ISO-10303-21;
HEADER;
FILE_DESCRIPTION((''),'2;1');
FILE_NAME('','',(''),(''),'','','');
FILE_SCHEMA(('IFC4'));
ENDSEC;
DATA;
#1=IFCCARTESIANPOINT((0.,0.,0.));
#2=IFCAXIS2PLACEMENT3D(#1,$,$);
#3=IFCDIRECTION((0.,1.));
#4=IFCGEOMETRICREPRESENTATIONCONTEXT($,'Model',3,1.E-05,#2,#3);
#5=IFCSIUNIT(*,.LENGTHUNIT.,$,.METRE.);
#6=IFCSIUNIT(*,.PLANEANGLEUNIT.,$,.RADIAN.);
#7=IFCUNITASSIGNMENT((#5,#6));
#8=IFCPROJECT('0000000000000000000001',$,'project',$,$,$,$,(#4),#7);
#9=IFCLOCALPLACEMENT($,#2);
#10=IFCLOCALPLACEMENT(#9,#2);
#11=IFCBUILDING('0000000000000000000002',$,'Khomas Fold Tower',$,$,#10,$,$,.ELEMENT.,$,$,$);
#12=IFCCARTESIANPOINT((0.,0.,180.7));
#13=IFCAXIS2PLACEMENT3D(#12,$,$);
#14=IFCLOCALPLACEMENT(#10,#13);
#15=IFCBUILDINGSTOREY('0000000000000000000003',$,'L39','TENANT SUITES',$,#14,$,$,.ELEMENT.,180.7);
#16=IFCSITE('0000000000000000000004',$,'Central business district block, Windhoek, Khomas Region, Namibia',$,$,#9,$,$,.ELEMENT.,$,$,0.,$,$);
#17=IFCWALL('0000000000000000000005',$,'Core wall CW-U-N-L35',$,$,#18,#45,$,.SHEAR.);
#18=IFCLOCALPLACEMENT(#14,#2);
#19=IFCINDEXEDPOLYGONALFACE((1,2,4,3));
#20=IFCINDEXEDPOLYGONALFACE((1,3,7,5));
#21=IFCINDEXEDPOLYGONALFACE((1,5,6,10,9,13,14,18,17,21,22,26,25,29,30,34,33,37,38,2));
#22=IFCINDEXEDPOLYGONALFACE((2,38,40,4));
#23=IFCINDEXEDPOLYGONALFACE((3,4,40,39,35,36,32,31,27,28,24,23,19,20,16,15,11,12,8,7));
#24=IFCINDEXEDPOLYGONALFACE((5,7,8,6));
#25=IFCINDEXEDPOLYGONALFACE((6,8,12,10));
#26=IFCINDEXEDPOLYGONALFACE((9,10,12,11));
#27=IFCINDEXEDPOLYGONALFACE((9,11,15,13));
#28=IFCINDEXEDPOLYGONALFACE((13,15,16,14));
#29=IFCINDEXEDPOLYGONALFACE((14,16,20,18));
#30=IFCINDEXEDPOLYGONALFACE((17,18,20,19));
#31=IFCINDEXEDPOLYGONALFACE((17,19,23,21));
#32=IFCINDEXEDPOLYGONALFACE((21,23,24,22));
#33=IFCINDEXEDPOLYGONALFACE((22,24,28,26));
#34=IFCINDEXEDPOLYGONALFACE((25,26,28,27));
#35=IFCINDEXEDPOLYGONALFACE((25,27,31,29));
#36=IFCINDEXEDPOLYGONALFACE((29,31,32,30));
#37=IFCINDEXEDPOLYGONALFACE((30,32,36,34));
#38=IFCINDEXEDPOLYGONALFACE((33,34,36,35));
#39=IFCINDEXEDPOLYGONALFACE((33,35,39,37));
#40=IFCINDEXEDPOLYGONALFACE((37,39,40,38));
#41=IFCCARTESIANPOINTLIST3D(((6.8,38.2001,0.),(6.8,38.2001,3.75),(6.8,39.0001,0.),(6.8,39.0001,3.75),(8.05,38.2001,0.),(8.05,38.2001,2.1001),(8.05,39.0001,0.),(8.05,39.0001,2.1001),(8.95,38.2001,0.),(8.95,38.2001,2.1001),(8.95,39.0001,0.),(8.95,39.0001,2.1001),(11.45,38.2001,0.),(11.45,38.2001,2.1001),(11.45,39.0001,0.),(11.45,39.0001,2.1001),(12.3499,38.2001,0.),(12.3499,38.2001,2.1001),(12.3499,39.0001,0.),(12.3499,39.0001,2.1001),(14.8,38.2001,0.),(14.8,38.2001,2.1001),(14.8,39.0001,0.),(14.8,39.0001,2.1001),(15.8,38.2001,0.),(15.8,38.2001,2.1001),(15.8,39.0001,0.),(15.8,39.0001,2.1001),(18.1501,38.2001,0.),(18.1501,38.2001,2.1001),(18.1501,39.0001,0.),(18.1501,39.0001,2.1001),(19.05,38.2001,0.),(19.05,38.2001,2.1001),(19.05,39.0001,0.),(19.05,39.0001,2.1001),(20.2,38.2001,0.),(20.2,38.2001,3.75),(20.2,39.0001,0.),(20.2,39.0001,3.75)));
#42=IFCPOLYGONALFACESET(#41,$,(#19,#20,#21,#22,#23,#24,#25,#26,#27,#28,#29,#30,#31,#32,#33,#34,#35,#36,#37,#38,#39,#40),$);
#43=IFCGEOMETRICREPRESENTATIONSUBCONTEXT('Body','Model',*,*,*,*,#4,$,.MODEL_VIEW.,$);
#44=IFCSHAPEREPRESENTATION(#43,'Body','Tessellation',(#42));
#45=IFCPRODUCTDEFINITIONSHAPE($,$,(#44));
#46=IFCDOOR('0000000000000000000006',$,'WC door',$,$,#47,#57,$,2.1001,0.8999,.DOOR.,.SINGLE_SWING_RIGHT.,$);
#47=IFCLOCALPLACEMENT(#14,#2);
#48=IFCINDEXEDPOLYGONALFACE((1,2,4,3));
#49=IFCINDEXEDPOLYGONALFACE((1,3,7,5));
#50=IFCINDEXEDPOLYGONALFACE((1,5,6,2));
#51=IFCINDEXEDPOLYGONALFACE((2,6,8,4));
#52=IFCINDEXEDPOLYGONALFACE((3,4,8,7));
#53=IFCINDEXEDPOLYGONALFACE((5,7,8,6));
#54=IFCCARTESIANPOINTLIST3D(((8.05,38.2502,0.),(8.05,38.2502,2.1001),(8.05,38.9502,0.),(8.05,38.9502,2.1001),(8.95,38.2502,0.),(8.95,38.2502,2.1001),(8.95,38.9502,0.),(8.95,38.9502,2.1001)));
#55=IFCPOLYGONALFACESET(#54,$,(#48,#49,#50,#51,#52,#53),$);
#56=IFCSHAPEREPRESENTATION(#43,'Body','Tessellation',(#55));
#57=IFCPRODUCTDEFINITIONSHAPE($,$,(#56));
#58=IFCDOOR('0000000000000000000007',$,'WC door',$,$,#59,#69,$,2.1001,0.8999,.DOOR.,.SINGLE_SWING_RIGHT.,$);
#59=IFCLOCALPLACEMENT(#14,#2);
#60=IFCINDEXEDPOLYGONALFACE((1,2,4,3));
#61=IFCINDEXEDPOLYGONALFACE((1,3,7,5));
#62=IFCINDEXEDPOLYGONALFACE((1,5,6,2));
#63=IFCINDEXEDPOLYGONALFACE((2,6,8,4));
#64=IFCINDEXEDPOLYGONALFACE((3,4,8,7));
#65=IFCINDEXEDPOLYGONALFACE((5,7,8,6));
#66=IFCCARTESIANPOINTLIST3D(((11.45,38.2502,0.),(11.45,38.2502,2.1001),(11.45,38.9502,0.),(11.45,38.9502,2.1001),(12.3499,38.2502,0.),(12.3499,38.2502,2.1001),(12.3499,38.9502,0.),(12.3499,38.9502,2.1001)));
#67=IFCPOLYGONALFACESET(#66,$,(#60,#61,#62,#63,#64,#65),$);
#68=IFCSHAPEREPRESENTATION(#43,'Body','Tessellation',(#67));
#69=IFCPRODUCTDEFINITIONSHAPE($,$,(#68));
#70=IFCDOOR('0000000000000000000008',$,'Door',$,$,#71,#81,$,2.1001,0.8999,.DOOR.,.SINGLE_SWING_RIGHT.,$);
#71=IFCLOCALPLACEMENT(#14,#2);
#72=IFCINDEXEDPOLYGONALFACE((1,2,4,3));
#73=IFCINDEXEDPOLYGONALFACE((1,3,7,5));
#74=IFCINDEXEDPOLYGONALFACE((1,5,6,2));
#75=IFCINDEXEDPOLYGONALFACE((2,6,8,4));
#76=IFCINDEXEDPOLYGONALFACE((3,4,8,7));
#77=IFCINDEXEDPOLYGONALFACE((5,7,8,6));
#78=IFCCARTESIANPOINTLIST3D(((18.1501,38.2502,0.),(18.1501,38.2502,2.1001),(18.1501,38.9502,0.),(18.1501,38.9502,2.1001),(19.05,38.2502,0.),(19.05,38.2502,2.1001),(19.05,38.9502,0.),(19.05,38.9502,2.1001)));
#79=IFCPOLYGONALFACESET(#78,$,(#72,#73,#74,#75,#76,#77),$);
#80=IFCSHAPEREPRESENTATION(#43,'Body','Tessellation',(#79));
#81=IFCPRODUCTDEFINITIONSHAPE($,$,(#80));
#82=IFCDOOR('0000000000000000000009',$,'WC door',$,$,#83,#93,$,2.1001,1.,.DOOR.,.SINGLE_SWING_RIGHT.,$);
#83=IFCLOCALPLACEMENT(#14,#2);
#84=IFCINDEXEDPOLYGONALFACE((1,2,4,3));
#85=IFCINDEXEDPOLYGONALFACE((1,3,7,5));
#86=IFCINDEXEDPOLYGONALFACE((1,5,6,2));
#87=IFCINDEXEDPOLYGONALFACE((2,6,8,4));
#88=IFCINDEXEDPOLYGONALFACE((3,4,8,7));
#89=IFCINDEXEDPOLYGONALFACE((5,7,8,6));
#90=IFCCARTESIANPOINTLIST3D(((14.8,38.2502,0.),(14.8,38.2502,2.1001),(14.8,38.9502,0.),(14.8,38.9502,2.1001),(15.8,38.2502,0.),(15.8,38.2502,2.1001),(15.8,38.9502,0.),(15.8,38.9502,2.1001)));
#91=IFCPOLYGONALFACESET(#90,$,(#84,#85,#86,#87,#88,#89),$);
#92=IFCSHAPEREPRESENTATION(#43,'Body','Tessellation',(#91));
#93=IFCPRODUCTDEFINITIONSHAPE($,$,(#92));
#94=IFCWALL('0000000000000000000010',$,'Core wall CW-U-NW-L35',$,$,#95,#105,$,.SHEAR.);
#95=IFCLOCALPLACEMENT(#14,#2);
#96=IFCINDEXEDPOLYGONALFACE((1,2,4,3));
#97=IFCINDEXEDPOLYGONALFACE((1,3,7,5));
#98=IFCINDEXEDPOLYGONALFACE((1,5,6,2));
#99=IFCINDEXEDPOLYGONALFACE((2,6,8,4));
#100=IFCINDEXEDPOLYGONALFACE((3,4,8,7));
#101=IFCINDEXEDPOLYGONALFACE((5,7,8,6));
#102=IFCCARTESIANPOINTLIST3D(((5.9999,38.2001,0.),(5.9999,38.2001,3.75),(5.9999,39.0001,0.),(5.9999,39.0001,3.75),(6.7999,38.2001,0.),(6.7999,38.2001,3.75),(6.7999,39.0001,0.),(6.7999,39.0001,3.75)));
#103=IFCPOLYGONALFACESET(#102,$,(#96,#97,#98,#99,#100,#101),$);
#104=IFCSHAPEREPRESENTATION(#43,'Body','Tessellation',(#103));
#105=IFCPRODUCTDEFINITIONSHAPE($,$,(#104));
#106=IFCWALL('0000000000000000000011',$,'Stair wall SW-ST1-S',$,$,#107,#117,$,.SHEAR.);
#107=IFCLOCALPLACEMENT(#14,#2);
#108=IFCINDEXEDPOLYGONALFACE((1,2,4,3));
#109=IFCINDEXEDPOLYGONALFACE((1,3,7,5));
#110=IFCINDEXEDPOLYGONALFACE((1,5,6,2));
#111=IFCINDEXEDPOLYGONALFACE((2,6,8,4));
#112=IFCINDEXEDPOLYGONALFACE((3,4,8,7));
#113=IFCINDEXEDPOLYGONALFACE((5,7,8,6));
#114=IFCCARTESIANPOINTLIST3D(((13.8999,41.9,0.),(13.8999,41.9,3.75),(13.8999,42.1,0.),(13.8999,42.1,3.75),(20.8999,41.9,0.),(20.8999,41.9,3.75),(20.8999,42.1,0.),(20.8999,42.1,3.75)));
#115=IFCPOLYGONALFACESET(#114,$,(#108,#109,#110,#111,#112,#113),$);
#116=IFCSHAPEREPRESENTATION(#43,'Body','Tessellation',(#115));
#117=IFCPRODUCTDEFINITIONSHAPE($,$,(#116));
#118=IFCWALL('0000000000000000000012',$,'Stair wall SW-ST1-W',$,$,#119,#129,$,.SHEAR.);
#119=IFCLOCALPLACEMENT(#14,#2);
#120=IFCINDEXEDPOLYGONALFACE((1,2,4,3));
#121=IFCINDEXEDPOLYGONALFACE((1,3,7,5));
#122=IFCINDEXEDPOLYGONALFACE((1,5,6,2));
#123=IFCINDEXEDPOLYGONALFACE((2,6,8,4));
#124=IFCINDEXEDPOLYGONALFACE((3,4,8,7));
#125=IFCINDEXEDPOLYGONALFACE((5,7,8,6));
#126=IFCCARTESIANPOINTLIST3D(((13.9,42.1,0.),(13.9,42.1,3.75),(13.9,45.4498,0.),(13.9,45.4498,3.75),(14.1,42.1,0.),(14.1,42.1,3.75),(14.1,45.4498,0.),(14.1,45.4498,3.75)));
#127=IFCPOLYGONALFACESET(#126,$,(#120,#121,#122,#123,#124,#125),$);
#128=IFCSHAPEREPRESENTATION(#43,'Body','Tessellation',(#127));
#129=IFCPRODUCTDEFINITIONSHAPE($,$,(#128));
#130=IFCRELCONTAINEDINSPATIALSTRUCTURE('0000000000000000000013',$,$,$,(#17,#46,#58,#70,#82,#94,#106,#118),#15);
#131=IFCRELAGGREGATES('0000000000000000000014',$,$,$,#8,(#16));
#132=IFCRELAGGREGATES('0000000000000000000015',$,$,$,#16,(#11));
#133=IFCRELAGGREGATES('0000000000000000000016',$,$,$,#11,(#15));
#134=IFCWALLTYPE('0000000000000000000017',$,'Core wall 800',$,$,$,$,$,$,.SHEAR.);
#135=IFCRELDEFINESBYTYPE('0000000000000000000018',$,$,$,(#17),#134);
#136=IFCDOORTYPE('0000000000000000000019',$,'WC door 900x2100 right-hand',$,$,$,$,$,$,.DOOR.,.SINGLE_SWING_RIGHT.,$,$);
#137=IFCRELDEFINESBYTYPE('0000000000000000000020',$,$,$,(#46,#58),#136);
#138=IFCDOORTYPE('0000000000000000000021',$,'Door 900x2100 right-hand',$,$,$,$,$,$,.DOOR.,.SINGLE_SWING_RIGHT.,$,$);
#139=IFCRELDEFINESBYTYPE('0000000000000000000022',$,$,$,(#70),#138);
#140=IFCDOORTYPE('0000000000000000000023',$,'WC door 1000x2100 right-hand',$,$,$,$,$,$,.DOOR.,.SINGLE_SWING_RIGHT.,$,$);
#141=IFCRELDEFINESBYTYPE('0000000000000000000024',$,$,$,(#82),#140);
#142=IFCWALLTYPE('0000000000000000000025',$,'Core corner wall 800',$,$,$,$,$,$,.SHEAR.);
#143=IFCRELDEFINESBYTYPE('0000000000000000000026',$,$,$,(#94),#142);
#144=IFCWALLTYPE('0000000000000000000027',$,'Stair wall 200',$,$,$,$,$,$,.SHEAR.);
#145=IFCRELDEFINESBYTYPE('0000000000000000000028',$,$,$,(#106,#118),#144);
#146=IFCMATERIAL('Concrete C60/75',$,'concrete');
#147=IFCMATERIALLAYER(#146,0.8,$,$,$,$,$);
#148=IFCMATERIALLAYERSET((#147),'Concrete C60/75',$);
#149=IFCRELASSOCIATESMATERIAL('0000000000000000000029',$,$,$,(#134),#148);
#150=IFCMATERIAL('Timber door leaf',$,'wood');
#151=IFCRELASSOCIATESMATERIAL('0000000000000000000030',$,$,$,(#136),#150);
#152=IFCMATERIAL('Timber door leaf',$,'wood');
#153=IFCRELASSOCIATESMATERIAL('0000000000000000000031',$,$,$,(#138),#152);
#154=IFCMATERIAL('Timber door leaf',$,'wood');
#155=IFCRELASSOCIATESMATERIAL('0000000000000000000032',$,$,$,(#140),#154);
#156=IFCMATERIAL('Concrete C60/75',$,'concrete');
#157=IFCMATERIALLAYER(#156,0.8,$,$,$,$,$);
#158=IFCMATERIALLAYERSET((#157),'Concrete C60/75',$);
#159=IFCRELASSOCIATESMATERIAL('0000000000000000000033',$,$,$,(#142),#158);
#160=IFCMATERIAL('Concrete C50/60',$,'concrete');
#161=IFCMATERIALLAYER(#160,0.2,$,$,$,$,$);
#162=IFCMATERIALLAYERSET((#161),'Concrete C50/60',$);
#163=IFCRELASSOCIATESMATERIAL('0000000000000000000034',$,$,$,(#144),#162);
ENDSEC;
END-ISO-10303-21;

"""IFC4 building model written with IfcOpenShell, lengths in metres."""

from ifc_helpers import new_model, si_unit, direction, frame, frame_2d, origin, place, context, subcontext, project, spatial, rectangle, extrude, source, transform, mapped, material, layer, layer_set, type_object, element, fill, save


model = new_model("IFC4")

# Units and contexts
model_context = context("Model", 3, precision=1e-05, world=origin(), true_north=direction((0.0, 1.0)))
body_context = subcontext(model_context, "Body", "Model", "MODEL_VIEW")
ifc_project = project(units=[si_unit("LENGTHUNIT", "METRE"), si_unit("PLANEANGLEUNIT", "RADIAN")], contexts=[model_context])

# Site, building, storey
site_placement = place(None, origin())
site = spatial("IfcSite", under=ifc_project, at=site_placement, Name="Central business district block, Windhoek, Khomas Region, Namibia", CompositionType="ELEMENT", RefElevation=0.0)
building_placement = place(site_placement, origin())
building = spatial("IfcBuilding", under=site, at=building_placement, Name="Khomas Fold Tower", CompositionType="ELEMENT")
storey_placement = place(building_placement, frame((0.0, 0.0, 180.7)))
storey = spatial("IfcBuildingStorey", under=building, at=storey_placement, Name="L39", Description="TENANT SUITES", CompositionType="ELEMENT", Elevation=180.7)

# Wall, openings, doors
ifc_material_1 = material(Name="Concrete C60/75", Category="concrete")
ifc_layer_1 = layer(ifc_material_1, 0.8)
ifc_layer_set_1 = layer_set([ifc_layer_1], Name="Concrete C60/75")
wall_type_1 = type_object("IfcWallType", Name="Core wall 800", PredefinedType="SHEAR", material=ifc_layer_set_1)
shared_shape_1 = source(origin(), body_context, "Body", "SweptSolid", [
    extrude(rectangle(XDim=13.3999, YDim=0.8, at=frame_2d((6.7, 0.0))), origin(), (0.0, 0.0, 1.0), 3.75),
])
wall_1_placement = place(storey_placement, frame((6.8, 38.6001, 0.0), z_axis=(0.0, 0.0, 1.0), x_axis=(1.0, 0.0, 0.0)))
wall_1 = element("IfcWall", 1, at=wall_1_placement, inside=storey, type_object=wall_type_1, Name="Core wall CW-U-N-L35", PredefinedType="SHEAR", context=body_context, shape_type="MappedRepresentation", body=[
    mapped(shared_shape_1, transform((0.0, 0.0, 0.0))),
])
shared_shape_2 = source(origin(), body_context, "Body", "SweptSolid", [
    extrude(rectangle(XDim=0.8999, YDim=2.1001, at=frame_2d((0.45, 1.05))), frame((0.0, 0.4099, 0.0), z_axis=(0.0, -1.0, 0.0), x_axis=(1.0, 0.0, 0.0)), (0.0, 0.0, 1.0), 0.8201),
])
opening_1_placement = place(wall_1_placement, frame((1.25, 0.0, 0.0)))
opening_1 = element("IfcOpeningElement", 2, at=opening_1_placement, cuts=wall_1, PredefinedType="OPENING", context=body_context, shape_type="MappedRepresentation", body=[
    mapped(shared_shape_2, transform((0.0, 0.0, 0.0))),
])
opening_2_placement = place(wall_1_placement, frame((4.6499, 0.0, 0.0)))
opening_2 = element("IfcOpeningElement", 3, at=opening_2_placement, cuts=wall_1, PredefinedType="OPENING", context=body_context, shape_type="MappedRepresentation", body=[
    mapped(shared_shape_2, transform((0.0, 0.0, 0.0))),
])
shared_shape_3 = source(origin(), body_context, "Body", "SweptSolid", [
    extrude(rectangle(XDim=1.0, YDim=2.1001, at=frame_2d((0.5, 1.05))), frame((0.0, 0.4099, 0.0), z_axis=(0.0, -1.0, 0.0), x_axis=(1.0, 0.0, 0.0)), (0.0, 0.0, 1.0), 0.8201),
])
opening_3_placement = place(wall_1_placement, frame((8.0, 0.0, 0.0)))
opening_3 = element("IfcOpeningElement", 4, at=opening_3_placement, cuts=wall_1, PredefinedType="OPENING", context=body_context, shape_type="MappedRepresentation", body=[
    mapped(shared_shape_3, transform((0.0, 0.0, 0.0))),
])
opening_4_placement = place(wall_1_placement, frame((11.3501, 0.0, 0.0)))
opening_4 = element("IfcOpeningElement", 5, at=opening_4_placement, cuts=wall_1, PredefinedType="OPENING", context=body_context, shape_type="MappedRepresentation", body=[
    mapped(shared_shape_2, transform((0.0, 0.0, 0.0))),
])
ifc_material_2 = material(Name="Timber door leaf", Category="wood")
door_type_1 = type_object("IfcDoorType", Name="WC door 900x2100 right-hand", OperationType="SINGLE_SWING_RIGHT", PredefinedType="DOOR", material=ifc_material_2)
shared_shape_4 = source(origin(), body_context, "Body", "SweptSolid", [
    extrude(rectangle(XDim=0.8999, YDim=2.1001, at=frame_2d((0.45, 1.05))), frame((0.0, 0.3501, 0.0), z_axis=(0.0, -1.0, 0.0), x_axis=(1.0, 0.0, 0.0)), (0.0, 0.0, 1.0), 0.7),
])
door_1_placement = place(opening_1_placement, origin())
door_1 = element("IfcDoor", 6, at=door_1_placement, inside=storey, type_object=door_type_1, Name="WC door", OperationType="SINGLE_SWING_RIGHT", OverallHeight=2.1001, OverallWidth=0.8999, PredefinedType="DOOR", context=body_context, shape_type="MappedRepresentation", body=[
    mapped(shared_shape_4, transform((0.0, 0.0, 0.0))),
])
fill(opening_1, door_1)
door_2_placement = place(opening_2_placement, origin())
door_2 = element("IfcDoor", 7, at=door_2_placement, inside=storey, type_object=door_type_1, Name="WC door", OperationType="SINGLE_SWING_RIGHT", OverallHeight=2.1001, OverallWidth=0.8999, PredefinedType="DOOR", context=body_context, shape_type="MappedRepresentation", body=[
    mapped(shared_shape_4, transform((0.0, 0.0, 0.0))),
])
fill(opening_2, door_2)
ifc_material_3 = material(Name="Timber door leaf", Category="wood")
door_type_2 = type_object("IfcDoorType", Name="Door 900x2100 right-hand", OperationType="SINGLE_SWING_RIGHT", PredefinedType="DOOR", material=ifc_material_3)
door_3_placement = place(opening_4_placement, origin())
door_3 = element("IfcDoor", 8, at=door_3_placement, inside=storey, type_object=door_type_2, Name="Door", OperationType="SINGLE_SWING_RIGHT", OverallHeight=2.1001, OverallWidth=0.8999, PredefinedType="DOOR", context=body_context, shape_type="MappedRepresentation", body=[
    mapped(shared_shape_4, transform((0.0, 0.0, 0.0))),
])
fill(opening_4, door_3)
ifc_material_4 = material(Name="Timber door leaf", Category="wood")
door_type_3 = type_object("IfcDoorType", Name="WC door 1000x2100 right-hand", OperationType="SINGLE_SWING_RIGHT", PredefinedType="DOOR", material=ifc_material_4)
shared_shape_5 = source(origin(), body_context, "Body", "SweptSolid", [
    extrude(rectangle(XDim=1.0, YDim=2.1001, at=frame_2d((0.5, 1.05))), frame((0.0, 0.3501, 0.0), z_axis=(0.0, -1.0, 0.0), x_axis=(1.0, 0.0, 0.0)), (0.0, 0.0, 1.0), 0.7),
])
door_4_placement = place(opening_3_placement, origin())
door_4 = element("IfcDoor", 9, at=door_4_placement, inside=storey, type_object=door_type_3, Name="WC door", OperationType="SINGLE_SWING_RIGHT", OverallHeight=2.1001, OverallWidth=1.0, PredefinedType="DOOR", context=body_context, shape_type="MappedRepresentation", body=[
    mapped(shared_shape_5, transform((0.0, 0.0, 0.0))),
])
fill(opening_3, door_4)

# Walls
ifc_material_5 = material(Name="Concrete C60/75", Category="concrete")
ifc_layer_2 = layer(ifc_material_5, 0.8)
ifc_layer_set_2 = layer_set([ifc_layer_2], Name="Concrete C60/75")
wall_type_2 = type_object("IfcWallType", Name="Core corner wall 800", PredefinedType="SHEAR", material=ifc_layer_set_2)
shared_shape_6 = source(origin(), body_context, "Body", "SweptSolid", [
    extrude(rectangle(XDim=0.8, YDim=0.8, at=frame_2d((0.3999, 0.0))), origin(), (0.0, 0.0, 1.0), 3.75),
])
wall_2_placement = place(storey_placement, frame((6.0, 38.6001, 0.0), z_axis=(0.0, 0.0, 1.0), x_axis=(1.0, 0.0, 0.0)))
element("IfcWall", 10, at=wall_2_placement, inside=storey, type_object=wall_type_2, Name="Core wall CW-U-NW-L35", PredefinedType="SHEAR", context=body_context, shape_type="MappedRepresentation", body=[
    mapped(shared_shape_6, transform((0.0, 0.0, 0.0))),
])
ifc_material_6 = material(Name="Concrete C50/60", Category="concrete")
ifc_layer_3 = layer(ifc_material_6, 0.2)
ifc_layer_set_3 = layer_set([ifc_layer_3], Name="Concrete C50/60")
wall_type_3 = type_object("IfcWallType", Name="Stair wall 200", PredefinedType="SHEAR", material=ifc_layer_set_3)
shared_shape_7 = source(origin(), body_context, "Body", "SweptSolid", [
    extrude(rectangle(XDim=7.0, YDim=0.2, at=frame_2d((3.5, 0.0))), origin(), (0.0, 0.0, 1.0), 3.75),
])
wall_3_placement = place(storey_placement, frame((13.8999, 42.0, 0.0), z_axis=(0.0, 0.0, 1.0), x_axis=(1.0, 0.0, 0.0)))
element("IfcWall", 11, at=wall_3_placement, inside=storey, type_object=wall_type_3, Name="Stair wall SW-ST1-S", PredefinedType="SHEAR", context=body_context, shape_type="MappedRepresentation", body=[
    mapped(shared_shape_7, transform((0.0, 0.0, 0.0))),
])
shared_shape_8 = source(origin(), body_context, "Body", "SweptSolid", [
    extrude(rectangle(XDim=3.3499, YDim=0.2, at=frame_2d((1.6748, 0.0))), origin(), (0.0, 0.0, 1.0), 3.75),
])
wall_4_placement = place(storey_placement, frame((14.0, 42.1001, 0.0), z_axis=(0.0, 0.0, 1.0), x_axis=(0.0, 1.0, 0.0)))
element("IfcWall", 12, at=wall_4_placement, inside=storey, type_object=wall_type_3, Name="Stair wall SW-ST1-W", PredefinedType="SHEAR", context=body_context, shape_type="MappedRepresentation", body=[
    mapped(shared_shape_8, transform((0.0, 0.0, 0.0))),
])

save(model, "model.ifc")
